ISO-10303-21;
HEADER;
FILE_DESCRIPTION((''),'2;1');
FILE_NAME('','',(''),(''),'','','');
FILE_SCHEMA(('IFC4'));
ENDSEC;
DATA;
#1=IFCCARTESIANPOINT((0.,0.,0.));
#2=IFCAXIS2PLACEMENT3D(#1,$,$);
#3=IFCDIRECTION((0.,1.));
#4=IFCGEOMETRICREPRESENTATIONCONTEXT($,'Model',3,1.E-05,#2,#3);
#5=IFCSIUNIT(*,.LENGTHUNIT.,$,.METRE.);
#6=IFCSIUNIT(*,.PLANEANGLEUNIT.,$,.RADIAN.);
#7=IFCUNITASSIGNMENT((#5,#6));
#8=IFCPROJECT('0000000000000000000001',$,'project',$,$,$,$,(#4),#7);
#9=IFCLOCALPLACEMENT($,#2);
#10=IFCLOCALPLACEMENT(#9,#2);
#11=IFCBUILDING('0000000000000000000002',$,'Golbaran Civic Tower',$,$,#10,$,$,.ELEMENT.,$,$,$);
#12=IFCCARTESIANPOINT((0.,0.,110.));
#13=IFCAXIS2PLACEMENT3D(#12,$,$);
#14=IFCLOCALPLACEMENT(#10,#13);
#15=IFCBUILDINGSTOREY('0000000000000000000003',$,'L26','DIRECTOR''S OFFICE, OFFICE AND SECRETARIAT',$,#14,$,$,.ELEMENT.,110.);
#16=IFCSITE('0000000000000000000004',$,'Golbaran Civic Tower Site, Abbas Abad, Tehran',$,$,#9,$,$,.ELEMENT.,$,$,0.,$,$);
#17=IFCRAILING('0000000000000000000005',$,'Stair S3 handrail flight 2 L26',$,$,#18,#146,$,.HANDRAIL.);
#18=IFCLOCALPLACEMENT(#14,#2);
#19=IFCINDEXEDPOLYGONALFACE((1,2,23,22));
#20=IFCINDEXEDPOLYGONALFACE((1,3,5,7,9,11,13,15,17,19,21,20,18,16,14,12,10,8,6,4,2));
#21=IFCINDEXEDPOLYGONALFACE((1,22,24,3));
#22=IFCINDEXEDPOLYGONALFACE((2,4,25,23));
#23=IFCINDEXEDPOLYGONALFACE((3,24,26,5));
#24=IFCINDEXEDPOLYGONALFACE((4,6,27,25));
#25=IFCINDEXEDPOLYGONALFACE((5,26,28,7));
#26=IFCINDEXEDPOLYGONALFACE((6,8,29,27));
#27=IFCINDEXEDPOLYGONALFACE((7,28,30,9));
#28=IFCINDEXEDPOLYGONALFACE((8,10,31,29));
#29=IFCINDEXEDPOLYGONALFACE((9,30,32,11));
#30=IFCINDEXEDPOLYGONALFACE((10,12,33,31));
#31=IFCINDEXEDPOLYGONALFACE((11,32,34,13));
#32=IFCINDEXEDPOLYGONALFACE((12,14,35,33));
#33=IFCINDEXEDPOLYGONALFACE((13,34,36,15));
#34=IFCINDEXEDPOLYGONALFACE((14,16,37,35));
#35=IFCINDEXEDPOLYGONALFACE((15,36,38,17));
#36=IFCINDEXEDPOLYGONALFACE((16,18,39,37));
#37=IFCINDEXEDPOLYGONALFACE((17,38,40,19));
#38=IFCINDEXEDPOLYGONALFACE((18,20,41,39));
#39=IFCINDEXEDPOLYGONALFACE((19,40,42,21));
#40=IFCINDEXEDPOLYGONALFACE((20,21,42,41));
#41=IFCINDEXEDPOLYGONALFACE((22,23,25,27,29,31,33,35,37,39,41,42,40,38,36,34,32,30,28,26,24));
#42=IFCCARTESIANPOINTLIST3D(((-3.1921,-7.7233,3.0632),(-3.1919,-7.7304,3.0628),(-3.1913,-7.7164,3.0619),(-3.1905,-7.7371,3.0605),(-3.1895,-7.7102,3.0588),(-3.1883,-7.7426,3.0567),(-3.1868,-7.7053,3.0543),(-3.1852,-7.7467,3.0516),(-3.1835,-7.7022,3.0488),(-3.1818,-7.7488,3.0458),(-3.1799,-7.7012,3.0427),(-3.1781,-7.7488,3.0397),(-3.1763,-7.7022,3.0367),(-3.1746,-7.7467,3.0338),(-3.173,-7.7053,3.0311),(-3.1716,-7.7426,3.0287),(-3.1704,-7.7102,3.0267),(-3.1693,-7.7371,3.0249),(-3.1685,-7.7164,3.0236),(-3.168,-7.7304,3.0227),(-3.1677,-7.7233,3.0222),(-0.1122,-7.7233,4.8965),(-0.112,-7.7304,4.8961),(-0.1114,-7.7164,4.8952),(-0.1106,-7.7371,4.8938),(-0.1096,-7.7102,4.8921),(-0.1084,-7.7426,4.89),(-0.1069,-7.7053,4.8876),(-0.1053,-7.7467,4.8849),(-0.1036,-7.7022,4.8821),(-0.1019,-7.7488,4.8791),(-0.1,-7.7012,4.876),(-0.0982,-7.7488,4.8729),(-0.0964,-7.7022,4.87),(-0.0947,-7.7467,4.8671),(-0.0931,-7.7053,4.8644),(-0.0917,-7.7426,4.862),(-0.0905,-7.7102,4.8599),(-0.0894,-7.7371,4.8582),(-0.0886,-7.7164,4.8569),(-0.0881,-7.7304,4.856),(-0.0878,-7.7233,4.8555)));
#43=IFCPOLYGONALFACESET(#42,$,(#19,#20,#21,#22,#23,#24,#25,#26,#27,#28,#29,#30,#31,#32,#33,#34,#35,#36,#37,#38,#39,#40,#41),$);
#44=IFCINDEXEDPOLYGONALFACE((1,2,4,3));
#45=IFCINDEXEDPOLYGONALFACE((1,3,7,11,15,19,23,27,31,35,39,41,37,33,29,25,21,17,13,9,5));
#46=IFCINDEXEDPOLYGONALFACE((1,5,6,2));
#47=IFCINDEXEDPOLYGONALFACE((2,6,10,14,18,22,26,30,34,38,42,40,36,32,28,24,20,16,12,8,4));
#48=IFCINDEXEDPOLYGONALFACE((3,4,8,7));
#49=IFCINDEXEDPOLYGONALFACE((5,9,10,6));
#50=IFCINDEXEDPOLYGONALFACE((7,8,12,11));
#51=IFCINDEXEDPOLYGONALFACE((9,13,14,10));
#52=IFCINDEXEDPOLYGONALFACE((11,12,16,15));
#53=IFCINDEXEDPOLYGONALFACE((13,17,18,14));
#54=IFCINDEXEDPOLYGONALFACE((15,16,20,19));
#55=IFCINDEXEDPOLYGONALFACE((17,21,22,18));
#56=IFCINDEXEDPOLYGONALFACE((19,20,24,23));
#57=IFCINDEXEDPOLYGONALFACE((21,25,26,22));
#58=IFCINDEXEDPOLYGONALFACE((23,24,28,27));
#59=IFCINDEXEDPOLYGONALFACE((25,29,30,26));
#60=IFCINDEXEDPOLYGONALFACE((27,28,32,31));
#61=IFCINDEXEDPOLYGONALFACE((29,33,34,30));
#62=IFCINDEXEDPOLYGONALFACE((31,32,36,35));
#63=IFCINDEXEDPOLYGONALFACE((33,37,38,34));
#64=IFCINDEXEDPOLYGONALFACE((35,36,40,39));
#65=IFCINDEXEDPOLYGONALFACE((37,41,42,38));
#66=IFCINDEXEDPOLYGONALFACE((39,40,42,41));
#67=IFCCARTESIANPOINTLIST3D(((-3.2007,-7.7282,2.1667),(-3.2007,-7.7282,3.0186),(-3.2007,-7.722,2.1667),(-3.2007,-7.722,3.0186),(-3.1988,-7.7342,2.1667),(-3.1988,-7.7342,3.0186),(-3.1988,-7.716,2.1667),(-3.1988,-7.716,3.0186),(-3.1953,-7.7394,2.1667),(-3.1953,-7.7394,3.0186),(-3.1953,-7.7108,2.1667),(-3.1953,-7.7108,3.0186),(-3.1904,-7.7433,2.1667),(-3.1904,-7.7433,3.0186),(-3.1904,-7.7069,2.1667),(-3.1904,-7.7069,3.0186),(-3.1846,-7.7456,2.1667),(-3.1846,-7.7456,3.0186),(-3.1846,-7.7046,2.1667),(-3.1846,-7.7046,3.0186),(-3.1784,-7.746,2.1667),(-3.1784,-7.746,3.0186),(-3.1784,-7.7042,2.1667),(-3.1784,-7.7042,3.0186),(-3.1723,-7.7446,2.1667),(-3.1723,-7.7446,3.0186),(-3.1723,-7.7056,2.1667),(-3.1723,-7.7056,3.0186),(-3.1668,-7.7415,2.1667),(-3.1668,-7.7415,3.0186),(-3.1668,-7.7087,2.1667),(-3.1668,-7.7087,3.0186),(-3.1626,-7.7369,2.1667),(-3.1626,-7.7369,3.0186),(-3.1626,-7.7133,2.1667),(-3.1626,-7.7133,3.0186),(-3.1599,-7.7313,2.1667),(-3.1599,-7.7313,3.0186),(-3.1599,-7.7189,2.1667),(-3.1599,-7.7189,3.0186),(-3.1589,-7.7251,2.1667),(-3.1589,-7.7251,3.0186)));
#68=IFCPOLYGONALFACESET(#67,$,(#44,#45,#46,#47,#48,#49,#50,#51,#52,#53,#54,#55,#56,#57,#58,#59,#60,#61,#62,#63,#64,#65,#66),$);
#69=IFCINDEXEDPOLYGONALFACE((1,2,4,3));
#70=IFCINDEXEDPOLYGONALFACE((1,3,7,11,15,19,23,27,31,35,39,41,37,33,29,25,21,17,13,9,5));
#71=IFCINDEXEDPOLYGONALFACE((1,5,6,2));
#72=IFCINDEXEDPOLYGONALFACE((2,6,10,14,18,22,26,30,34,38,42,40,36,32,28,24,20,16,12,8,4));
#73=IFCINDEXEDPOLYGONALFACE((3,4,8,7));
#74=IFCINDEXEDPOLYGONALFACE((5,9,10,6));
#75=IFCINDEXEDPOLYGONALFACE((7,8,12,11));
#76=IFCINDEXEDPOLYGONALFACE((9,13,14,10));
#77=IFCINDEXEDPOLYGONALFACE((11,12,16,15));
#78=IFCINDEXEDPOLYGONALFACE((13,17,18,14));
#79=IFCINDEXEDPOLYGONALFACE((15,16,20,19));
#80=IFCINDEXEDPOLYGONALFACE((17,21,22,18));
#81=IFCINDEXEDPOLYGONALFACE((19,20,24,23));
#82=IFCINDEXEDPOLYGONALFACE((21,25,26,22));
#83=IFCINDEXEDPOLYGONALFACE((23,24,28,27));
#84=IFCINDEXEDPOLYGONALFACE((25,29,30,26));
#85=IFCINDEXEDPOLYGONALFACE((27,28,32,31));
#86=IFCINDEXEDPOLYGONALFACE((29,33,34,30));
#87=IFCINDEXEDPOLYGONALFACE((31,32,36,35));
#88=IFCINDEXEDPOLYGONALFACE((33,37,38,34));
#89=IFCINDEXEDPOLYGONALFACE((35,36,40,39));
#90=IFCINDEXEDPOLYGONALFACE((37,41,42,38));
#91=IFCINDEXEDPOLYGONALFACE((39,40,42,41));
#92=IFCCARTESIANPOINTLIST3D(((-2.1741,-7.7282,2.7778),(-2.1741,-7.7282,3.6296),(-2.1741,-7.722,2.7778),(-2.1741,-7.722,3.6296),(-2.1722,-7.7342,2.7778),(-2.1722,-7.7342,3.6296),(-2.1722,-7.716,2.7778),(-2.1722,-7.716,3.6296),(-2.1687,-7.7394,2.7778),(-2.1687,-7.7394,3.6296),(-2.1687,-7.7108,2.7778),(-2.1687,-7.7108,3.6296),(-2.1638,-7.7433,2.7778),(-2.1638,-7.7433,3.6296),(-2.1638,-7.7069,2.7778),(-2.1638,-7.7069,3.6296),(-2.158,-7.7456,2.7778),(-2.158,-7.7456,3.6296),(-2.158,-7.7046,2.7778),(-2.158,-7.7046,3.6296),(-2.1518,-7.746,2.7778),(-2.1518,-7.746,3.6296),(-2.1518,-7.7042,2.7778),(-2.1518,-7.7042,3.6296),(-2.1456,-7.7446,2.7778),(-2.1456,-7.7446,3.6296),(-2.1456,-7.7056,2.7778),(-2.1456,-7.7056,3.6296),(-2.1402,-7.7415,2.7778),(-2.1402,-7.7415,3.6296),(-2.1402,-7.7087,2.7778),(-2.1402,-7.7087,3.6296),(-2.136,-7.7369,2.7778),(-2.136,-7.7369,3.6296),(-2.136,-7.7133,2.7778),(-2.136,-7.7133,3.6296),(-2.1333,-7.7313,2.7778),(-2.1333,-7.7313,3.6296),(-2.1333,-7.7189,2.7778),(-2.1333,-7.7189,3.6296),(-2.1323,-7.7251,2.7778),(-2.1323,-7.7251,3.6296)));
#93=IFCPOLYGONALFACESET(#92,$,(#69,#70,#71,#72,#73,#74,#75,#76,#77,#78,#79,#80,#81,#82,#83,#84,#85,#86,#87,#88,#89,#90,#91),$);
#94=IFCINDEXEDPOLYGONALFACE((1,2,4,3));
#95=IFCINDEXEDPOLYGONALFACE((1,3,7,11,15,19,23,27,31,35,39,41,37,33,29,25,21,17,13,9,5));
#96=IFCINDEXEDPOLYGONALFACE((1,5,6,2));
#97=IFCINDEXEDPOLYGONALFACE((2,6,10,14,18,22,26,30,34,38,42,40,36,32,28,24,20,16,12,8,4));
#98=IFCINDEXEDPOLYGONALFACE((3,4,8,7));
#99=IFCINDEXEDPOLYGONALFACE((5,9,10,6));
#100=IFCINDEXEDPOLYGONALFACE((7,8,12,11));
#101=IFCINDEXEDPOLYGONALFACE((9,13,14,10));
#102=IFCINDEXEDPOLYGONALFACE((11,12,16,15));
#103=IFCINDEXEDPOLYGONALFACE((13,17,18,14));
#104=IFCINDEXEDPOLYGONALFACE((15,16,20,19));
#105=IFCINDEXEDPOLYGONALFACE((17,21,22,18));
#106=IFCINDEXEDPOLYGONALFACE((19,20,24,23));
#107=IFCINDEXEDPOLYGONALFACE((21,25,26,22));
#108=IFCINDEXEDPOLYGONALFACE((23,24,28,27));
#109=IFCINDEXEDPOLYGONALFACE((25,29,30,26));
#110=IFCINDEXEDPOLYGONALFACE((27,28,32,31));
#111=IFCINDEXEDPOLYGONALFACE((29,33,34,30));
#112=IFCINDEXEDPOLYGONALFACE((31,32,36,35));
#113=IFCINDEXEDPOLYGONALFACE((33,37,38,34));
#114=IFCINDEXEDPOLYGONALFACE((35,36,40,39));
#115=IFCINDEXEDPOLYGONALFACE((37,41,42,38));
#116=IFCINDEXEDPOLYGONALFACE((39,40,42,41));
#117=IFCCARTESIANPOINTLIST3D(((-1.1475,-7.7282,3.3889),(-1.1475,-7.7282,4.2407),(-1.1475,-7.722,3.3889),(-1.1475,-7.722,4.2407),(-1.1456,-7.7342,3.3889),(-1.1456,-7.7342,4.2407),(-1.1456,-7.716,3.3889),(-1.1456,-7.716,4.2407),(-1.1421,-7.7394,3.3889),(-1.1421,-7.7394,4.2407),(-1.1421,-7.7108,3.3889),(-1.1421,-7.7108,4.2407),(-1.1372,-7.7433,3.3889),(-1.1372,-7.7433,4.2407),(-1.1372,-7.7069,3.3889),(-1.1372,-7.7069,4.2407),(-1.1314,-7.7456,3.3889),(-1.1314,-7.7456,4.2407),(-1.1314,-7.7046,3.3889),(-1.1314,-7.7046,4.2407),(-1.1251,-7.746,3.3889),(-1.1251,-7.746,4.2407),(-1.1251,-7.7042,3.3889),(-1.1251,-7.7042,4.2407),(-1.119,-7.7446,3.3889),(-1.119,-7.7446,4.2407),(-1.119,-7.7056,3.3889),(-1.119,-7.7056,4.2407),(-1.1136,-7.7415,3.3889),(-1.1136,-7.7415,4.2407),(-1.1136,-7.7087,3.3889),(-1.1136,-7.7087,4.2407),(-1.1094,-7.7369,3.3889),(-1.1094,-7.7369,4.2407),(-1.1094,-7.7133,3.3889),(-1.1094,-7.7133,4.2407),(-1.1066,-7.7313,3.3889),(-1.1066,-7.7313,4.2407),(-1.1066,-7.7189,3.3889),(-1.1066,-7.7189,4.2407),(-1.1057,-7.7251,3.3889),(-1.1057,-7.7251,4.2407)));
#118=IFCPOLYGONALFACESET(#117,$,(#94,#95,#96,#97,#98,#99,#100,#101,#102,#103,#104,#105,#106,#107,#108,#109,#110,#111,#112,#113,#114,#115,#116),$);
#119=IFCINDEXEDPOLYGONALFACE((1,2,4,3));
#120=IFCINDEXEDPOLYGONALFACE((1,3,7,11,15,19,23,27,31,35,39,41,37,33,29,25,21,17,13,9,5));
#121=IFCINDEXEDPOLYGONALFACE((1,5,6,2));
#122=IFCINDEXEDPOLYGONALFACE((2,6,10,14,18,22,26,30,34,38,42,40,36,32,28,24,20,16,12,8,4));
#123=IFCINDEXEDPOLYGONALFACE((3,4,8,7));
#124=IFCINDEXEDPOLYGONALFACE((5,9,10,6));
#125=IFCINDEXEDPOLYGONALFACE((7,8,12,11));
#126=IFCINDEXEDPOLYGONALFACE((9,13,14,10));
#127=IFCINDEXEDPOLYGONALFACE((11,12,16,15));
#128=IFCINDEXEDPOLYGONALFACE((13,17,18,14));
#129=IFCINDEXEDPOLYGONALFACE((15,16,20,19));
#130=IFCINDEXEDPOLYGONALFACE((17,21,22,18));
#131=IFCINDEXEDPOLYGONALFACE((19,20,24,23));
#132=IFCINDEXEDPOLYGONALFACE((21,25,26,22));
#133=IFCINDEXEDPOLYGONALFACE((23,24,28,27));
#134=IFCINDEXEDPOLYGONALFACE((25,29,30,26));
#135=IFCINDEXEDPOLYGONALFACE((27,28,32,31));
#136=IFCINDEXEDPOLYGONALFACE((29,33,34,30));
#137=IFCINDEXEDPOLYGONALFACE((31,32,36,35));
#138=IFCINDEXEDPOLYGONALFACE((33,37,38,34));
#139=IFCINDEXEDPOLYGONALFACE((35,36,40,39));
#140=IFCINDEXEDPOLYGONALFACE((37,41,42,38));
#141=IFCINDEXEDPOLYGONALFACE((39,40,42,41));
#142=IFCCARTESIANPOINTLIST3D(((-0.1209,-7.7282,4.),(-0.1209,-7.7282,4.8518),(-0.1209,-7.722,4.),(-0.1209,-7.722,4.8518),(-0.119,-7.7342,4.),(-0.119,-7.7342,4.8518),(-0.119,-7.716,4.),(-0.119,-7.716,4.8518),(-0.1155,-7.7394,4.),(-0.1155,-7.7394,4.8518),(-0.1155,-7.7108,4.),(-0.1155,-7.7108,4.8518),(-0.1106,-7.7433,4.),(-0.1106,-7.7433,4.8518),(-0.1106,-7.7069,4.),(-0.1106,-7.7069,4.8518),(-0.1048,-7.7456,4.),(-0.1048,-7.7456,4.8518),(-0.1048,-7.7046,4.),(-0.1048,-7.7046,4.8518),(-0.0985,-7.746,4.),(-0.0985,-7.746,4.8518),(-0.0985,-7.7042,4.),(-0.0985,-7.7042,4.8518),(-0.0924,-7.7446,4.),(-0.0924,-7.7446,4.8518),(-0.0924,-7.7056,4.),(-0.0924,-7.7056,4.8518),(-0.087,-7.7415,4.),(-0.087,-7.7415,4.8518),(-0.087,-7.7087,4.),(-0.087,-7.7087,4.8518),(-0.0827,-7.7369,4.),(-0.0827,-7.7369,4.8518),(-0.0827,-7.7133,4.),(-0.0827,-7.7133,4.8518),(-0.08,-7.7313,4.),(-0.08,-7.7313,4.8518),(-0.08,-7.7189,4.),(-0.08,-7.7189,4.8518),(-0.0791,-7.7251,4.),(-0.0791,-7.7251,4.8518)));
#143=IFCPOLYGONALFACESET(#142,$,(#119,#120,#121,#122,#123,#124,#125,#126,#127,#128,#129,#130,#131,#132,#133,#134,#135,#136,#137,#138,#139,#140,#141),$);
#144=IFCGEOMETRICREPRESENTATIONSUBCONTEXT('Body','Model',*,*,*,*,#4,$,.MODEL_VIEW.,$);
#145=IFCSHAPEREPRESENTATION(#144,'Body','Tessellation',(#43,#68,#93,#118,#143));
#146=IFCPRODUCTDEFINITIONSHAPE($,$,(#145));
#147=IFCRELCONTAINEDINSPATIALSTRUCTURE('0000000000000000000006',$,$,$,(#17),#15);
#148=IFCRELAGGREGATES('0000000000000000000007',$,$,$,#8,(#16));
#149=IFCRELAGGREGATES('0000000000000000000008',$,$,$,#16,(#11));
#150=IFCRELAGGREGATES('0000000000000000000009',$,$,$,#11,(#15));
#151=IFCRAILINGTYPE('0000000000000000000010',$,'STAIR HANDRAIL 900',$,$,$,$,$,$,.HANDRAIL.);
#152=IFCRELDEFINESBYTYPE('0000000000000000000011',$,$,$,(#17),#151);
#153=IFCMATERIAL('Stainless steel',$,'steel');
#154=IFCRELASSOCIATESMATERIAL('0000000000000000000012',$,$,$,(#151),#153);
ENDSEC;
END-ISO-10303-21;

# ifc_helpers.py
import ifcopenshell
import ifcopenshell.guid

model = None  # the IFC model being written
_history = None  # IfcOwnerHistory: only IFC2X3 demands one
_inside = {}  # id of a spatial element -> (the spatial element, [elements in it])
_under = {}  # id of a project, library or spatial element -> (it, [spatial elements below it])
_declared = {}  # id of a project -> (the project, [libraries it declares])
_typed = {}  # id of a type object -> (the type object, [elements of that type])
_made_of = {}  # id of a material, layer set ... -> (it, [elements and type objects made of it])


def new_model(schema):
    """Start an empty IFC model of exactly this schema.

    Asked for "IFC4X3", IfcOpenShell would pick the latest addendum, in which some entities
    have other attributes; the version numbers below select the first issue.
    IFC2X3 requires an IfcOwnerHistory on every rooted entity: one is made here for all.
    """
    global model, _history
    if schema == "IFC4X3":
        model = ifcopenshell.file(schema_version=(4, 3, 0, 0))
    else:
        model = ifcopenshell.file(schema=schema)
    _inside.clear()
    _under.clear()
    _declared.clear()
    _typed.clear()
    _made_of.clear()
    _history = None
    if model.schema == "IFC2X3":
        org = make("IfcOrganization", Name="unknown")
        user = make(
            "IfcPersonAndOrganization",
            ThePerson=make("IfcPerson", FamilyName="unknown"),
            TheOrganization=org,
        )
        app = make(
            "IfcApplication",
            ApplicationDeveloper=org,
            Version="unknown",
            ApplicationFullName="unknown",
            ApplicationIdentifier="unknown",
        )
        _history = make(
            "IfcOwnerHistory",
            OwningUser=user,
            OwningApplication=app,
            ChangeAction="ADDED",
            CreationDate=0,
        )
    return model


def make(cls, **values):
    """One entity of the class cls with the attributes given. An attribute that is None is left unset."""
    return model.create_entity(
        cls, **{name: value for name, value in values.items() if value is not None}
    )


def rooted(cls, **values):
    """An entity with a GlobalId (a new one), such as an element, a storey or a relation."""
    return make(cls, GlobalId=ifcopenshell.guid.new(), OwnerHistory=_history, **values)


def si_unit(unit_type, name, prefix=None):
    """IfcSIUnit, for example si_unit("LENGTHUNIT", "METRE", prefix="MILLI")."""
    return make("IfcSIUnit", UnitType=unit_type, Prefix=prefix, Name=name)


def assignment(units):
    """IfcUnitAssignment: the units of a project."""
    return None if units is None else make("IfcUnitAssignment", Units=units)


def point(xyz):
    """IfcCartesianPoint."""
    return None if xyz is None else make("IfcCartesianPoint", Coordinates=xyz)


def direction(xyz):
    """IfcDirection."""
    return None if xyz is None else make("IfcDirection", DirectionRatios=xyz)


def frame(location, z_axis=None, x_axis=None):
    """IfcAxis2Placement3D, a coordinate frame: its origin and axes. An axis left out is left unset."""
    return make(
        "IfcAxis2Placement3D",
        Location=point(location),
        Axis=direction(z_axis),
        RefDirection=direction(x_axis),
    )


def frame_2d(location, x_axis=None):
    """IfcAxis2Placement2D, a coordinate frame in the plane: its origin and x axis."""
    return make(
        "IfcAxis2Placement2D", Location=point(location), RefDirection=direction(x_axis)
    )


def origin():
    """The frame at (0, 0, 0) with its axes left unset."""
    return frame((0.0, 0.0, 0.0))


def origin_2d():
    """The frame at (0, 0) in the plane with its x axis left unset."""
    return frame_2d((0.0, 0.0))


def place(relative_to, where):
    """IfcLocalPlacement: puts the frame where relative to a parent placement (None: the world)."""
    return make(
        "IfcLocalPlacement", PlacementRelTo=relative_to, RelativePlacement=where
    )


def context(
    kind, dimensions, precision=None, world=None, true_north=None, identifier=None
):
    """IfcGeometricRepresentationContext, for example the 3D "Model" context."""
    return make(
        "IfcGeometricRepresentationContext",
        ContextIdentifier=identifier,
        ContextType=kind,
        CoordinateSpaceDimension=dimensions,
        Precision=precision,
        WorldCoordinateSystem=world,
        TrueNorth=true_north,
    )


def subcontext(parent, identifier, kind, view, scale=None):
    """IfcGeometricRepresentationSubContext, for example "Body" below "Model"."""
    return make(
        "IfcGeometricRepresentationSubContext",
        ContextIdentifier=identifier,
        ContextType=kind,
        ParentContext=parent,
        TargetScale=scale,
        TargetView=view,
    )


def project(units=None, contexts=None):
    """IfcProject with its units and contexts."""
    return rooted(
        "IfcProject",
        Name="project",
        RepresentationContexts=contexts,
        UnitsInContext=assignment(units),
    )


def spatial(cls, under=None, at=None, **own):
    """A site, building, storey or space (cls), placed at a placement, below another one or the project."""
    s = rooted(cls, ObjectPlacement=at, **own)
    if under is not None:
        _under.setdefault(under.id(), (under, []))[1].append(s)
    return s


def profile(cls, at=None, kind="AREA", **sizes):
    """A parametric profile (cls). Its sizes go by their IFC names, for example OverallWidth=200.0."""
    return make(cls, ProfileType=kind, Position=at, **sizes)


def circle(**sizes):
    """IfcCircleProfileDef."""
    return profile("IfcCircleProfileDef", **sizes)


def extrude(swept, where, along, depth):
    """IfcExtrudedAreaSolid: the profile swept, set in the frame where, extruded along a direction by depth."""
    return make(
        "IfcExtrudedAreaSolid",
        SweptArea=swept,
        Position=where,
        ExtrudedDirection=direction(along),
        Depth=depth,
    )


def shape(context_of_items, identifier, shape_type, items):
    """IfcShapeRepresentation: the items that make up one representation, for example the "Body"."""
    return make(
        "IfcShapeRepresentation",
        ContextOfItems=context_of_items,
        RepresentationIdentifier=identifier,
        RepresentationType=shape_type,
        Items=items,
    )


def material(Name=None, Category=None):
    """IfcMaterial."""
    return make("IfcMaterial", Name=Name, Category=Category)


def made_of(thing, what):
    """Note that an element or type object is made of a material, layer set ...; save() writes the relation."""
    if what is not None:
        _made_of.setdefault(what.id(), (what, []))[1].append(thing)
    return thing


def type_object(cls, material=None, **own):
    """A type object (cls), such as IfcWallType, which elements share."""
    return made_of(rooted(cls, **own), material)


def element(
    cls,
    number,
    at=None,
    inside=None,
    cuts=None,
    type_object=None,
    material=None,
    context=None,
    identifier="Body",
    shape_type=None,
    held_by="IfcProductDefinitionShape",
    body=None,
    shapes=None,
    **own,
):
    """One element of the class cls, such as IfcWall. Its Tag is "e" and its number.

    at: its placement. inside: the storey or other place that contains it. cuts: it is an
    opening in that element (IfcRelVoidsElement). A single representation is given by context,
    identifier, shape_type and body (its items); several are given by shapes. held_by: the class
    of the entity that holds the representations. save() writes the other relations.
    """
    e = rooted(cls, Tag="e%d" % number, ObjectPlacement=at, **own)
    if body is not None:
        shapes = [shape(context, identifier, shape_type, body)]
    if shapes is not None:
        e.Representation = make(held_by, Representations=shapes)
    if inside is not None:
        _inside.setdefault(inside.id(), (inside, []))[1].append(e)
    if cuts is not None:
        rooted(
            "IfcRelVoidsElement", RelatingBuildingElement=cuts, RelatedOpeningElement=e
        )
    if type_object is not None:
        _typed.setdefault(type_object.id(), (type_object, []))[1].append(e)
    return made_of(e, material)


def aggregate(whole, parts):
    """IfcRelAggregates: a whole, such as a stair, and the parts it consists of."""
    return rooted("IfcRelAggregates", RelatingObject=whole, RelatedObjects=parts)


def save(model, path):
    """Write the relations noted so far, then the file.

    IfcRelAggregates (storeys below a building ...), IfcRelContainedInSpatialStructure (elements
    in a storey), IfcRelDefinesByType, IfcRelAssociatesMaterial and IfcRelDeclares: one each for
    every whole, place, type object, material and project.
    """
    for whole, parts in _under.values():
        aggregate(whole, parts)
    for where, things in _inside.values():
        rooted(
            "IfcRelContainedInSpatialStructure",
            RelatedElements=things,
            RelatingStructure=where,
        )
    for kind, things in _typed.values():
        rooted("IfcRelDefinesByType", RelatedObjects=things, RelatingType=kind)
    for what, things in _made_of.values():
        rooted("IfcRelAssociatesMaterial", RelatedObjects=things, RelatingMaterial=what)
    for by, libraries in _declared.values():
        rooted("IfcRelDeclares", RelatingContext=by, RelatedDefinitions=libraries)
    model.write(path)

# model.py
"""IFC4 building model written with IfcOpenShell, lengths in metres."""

from ifc_helpers import new_model, si_unit, direction, frame, origin, origin_2d, place, context, subcontext, project, spatial, circle, extrude, material, type_object, element, save


model = new_model("IFC4")

# Units and contexts
model_context = context("Model", 3, precision=1e-05, world=origin(), true_north=direction((0.0, 1.0)))
body_context = subcontext(model_context, "Body", "Model", "MODEL_VIEW")
ifc_project = project(units=[si_unit("LENGTHUNIT", "METRE"), si_unit("PLANEANGLEUNIT", "RADIAN")], contexts=[model_context])

# Site, building, storey
site_placement = place(None, origin())
site = spatial("IfcSite", under=ifc_project, at=site_placement, Name="Golbaran Civic Tower Site, Abbas Abad, Tehran", CompositionType="ELEMENT", RefElevation=0.0)
building_placement = place(site_placement, origin())
building = spatial("IfcBuilding", under=site, at=building_placement, Name="Golbaran Civic Tower", CompositionType="ELEMENT")
storey_placement = place(building_placement, frame((0.0, 0.0, 110.0)))
storey = spatial("IfcBuildingStorey", under=building, at=storey_placement, Name="L26", Description="DIRECTOR'S OFFICE, OFFICE AND SECRETARIAT", CompositionType="ELEMENT", Elevation=110.0)

# Railing
ifc_material_1 = material(Name="Stainless steel", Category="steel")
railing_type = type_object("IfcRailingType", Name="STAIR HANDRAIL 900", PredefinedType="HANDRAIL", material=ifc_material_1)
railing_1_placement = place(storey_placement, frame((-3.1799, -7.7251, 2.1667)))
element("IfcRailing", 1, at=railing_1_placement, inside=storey, type_object=railing_type, Name="Stair S3 handrail flight 2 L26", PredefinedType="HANDRAIL", context=body_context, shape_type="SweptSolid", body=[
    extrude(circle(Radius=0.0239, at=origin_2d()), frame((0.0, 0.0, 0.876), z_axis=(0.859291, 0.0, 0.511487), x_axis=(0.0, 1.0, 0.0)), (0.0, 0.0, 1.0), 3.5842),
    extrude(circle(Radius=0.021, at=origin_2d()), origin(), (0.0, 0.0, 1.0), 0.8518),
    extrude(circle(Radius=0.021, at=origin_2d()), frame((1.0266, 0.0, 0.6111)), (0.0, 0.0, 1.0), 0.8518),
    extrude(circle(Radius=0.021, at=origin_2d()), frame((2.0532, 0.0, 1.2222)), (0.0, 0.0, 1.0), 0.8518),
    extrude(circle(Radius=0.021, at=origin_2d()), frame((3.0798, 0.0, 1.8333)), (0.0, 0.0, 1.0), 0.8518),
])

save(model, "model.ifc")
